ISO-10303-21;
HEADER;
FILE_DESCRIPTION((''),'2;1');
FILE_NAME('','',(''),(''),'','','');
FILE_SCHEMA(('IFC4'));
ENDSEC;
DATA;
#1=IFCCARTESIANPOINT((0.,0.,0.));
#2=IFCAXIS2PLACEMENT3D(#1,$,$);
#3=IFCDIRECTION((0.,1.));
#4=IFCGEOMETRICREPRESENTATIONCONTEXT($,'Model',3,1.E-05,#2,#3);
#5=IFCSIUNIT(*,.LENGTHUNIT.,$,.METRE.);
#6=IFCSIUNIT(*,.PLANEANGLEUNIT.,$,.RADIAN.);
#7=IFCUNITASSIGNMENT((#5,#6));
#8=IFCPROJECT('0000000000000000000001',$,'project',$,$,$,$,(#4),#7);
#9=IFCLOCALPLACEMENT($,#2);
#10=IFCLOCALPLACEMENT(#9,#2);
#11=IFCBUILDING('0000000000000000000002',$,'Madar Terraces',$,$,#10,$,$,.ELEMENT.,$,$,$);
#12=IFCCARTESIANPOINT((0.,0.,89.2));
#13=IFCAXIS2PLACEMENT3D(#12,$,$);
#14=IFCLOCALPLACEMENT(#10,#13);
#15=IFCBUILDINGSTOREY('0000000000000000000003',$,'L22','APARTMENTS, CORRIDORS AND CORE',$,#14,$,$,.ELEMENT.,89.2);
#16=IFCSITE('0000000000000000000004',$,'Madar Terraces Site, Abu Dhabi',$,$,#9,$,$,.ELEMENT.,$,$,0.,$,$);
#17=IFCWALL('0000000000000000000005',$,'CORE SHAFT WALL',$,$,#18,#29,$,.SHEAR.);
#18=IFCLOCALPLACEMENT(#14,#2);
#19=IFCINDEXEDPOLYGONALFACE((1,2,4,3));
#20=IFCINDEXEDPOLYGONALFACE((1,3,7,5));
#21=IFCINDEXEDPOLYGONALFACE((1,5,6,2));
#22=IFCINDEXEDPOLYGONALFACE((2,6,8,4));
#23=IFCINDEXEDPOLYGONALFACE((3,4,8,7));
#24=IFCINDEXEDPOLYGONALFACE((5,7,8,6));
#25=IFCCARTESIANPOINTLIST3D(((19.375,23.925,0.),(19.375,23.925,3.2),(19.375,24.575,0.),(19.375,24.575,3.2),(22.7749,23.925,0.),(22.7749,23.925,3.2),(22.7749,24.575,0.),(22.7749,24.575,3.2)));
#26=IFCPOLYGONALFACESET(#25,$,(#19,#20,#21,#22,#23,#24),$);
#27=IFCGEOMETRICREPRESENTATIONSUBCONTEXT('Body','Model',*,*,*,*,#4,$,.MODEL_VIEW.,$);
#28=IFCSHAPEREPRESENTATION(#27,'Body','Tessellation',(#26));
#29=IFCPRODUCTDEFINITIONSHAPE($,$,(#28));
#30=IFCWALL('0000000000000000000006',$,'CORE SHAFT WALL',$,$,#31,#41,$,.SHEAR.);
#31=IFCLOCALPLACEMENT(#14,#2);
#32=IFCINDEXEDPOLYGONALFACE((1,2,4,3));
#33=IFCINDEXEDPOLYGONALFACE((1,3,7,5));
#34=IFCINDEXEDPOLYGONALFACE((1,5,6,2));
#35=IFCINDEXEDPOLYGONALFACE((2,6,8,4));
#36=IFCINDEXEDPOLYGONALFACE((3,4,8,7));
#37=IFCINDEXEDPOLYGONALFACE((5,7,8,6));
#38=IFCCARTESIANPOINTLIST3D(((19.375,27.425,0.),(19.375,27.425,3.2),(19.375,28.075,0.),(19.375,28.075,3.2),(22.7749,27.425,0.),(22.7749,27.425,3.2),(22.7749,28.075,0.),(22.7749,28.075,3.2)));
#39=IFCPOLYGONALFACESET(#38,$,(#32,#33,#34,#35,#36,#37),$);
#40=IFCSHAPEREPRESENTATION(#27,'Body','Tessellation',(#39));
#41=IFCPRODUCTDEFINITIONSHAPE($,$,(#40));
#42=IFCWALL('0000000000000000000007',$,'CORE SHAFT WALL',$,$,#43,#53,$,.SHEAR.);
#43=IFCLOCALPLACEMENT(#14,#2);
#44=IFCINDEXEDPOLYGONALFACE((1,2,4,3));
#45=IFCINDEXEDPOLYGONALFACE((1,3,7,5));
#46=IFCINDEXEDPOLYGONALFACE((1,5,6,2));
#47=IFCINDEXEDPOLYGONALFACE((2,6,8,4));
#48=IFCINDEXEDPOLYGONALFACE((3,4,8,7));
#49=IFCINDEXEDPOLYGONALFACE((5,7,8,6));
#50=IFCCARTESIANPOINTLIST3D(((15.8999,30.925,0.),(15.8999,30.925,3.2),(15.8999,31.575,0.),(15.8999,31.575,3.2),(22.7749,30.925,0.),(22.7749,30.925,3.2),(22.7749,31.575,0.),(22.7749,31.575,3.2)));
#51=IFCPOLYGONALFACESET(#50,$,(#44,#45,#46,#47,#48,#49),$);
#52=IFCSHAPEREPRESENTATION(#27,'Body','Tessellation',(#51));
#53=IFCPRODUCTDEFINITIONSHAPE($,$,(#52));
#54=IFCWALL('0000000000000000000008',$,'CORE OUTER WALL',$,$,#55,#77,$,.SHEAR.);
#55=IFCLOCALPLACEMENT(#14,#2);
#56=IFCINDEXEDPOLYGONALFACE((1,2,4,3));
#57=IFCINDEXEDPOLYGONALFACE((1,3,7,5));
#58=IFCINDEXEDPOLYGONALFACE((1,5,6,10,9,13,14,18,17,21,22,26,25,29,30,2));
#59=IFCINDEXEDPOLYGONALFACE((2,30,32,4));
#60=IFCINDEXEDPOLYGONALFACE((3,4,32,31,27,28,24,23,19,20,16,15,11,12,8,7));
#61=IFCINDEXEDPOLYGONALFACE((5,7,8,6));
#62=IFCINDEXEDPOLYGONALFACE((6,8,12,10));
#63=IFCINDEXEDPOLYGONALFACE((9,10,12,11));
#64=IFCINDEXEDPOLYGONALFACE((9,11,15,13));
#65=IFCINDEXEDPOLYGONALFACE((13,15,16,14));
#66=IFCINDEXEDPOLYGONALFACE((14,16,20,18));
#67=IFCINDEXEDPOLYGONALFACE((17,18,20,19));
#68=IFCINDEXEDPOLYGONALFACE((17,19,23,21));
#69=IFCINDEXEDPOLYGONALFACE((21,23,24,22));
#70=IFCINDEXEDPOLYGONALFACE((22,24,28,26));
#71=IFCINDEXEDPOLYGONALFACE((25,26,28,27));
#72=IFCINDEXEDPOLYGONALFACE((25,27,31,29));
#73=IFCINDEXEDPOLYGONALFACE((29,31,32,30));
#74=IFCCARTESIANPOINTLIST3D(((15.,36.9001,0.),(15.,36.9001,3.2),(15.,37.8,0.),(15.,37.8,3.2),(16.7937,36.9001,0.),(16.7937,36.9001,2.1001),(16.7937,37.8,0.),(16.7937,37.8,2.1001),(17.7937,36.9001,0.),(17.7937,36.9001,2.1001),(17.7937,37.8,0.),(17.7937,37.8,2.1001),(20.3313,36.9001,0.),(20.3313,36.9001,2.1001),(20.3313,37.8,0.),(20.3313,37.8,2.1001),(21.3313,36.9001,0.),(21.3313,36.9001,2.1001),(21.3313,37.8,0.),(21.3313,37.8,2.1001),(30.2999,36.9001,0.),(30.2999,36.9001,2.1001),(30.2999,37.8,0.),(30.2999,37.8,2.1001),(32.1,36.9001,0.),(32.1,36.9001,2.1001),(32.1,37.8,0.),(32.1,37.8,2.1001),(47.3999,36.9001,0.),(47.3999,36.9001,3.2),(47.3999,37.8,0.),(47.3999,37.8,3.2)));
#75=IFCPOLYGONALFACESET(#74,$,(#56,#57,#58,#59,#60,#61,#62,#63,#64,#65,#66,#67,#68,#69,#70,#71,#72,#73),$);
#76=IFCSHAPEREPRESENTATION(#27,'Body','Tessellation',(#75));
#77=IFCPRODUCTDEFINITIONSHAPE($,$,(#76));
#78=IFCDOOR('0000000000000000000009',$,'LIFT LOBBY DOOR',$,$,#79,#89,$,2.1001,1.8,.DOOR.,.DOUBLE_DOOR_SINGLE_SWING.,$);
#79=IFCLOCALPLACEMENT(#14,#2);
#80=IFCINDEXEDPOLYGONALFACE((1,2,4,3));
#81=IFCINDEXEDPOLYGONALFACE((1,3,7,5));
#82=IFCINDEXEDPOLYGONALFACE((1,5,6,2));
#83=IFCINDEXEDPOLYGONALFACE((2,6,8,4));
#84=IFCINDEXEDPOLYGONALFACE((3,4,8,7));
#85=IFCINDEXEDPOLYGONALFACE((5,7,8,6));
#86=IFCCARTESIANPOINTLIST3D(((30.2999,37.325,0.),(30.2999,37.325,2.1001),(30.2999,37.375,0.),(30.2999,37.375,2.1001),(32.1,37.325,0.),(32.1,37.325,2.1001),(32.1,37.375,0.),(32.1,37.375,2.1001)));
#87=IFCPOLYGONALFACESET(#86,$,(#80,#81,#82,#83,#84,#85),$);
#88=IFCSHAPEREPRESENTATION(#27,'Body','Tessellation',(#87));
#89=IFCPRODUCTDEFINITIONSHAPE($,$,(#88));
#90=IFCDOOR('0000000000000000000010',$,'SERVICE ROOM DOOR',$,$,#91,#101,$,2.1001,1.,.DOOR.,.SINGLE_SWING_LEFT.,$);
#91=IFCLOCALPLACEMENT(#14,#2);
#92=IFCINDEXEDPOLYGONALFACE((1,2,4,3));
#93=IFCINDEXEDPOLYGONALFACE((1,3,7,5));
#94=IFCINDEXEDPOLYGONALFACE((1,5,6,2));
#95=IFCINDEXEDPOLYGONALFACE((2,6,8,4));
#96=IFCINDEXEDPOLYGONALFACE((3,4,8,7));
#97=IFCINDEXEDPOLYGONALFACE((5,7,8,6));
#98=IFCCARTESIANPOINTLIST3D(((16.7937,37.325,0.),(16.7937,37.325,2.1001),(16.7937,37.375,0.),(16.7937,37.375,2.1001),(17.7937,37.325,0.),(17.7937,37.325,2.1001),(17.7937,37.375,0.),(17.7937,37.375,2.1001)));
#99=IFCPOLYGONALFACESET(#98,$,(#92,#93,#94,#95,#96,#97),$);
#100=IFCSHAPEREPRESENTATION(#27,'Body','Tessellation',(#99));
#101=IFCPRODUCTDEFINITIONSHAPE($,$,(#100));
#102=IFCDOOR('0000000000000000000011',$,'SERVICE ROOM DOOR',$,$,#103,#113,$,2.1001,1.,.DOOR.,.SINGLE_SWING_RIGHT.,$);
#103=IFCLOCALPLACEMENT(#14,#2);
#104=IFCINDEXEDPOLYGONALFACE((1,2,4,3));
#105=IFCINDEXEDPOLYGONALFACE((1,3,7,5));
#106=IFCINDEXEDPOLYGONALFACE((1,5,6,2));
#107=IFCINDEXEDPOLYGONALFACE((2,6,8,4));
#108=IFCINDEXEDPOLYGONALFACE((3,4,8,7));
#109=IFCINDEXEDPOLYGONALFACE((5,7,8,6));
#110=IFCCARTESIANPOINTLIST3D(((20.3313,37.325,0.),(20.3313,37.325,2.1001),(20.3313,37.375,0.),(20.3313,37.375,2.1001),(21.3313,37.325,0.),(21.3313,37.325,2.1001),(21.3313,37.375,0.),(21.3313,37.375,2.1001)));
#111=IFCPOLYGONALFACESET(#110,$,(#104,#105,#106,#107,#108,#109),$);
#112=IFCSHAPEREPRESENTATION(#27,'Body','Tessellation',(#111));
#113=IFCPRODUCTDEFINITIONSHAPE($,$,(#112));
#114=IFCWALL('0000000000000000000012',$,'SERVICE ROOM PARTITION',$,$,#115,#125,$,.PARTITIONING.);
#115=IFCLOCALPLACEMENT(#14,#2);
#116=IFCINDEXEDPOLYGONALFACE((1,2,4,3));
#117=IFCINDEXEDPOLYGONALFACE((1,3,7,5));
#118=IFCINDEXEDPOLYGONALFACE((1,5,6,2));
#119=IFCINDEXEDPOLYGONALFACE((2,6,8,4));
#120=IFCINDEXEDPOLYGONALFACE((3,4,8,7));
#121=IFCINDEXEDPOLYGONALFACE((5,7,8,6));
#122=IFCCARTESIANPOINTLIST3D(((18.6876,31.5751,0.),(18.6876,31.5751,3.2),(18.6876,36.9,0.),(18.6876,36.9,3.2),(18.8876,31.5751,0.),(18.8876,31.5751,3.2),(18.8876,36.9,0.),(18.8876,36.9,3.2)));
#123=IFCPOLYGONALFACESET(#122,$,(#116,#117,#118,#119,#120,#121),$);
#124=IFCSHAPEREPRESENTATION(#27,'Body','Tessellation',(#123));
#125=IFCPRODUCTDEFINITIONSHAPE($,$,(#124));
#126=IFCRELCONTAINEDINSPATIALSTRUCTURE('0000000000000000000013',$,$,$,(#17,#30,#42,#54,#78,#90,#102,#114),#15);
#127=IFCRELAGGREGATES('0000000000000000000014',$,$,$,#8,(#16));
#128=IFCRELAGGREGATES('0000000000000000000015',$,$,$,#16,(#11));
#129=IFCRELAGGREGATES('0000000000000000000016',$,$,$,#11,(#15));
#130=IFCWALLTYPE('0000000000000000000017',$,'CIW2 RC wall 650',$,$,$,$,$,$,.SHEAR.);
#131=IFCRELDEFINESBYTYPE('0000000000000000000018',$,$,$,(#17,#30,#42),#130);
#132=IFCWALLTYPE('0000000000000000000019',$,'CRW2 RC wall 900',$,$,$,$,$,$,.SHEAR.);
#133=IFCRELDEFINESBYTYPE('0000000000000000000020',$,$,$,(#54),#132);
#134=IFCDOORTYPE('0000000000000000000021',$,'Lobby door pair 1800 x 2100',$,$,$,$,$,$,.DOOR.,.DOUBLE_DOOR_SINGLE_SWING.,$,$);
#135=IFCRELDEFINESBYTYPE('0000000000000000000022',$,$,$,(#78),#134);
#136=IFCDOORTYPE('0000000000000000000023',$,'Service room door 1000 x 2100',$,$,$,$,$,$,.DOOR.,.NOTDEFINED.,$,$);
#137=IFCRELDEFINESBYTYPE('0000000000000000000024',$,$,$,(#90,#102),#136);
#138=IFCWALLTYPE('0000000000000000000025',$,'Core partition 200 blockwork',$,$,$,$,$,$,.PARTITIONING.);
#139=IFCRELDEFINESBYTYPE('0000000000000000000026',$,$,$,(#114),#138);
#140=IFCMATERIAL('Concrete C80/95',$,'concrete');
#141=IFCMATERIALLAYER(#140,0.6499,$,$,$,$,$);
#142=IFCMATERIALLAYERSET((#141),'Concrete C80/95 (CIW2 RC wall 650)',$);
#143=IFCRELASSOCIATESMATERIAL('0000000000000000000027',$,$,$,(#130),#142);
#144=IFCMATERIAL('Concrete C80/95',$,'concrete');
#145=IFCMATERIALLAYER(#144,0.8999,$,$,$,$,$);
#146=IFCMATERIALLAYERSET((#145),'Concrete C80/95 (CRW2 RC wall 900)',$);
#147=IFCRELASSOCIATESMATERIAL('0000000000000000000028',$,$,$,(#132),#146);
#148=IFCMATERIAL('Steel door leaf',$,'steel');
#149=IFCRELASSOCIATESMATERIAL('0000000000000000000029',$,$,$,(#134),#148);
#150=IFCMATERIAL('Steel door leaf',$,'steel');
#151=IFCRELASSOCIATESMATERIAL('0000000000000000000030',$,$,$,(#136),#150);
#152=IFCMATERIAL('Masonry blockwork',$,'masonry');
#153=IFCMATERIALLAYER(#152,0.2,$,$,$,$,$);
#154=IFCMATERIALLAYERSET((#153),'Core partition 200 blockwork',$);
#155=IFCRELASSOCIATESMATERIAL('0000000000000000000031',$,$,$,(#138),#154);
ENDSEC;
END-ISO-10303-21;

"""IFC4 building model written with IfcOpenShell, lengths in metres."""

from ifc_helpers import new_model, si_unit, direction, frame, frame_2d, origin, place, context, subcontext, project, spatial, rectangle, extrude, material, layer, layer_set, type_object, element, fill, save


model = new_model("IFC4")

# Units and contexts
model_context = context("Model", 3, precision=1e-05, world=origin(), true_north=direction((0.0, 1.0)))
body_context = subcontext(model_context, "Body", "Model", "MODEL_VIEW")
ifc_project = project(units=[si_unit("LENGTHUNIT", "METRE"), si_unit("PLANEANGLEUNIT", "RADIAN")], contexts=[model_context])

# Site, building, storey
site_placement = place(None, origin())
site = spatial("IfcSite", under=ifc_project, at=site_placement, Name="Madar Terraces Site, Abu Dhabi", CompositionType="ELEMENT", RefElevation=0.0)
building_placement = place(site_placement, origin())
building = spatial("IfcBuilding", under=site, at=building_placement, Name="Madar Terraces", CompositionType="ELEMENT")
storey_placement = place(building_placement, frame((0.0, 0.0, 89.2)))
storey = spatial("IfcBuildingStorey", under=building, at=storey_placement, Name="L22", Description="APARTMENTS, CORRIDORS AND CORE", CompositionType="ELEMENT", Elevation=89.2)

# Walls
ifc_material_1 = material(Name="Concrete C80/95", Category="concrete")
ifc_layer_1 = layer(ifc_material_1, 0.6499)
ifc_layer_set_1 = layer_set([ifc_layer_1], Name="Concrete C80/95 (CIW2 RC wall 650)")
wall_type_1 = type_object("IfcWallType", Name="CIW2 RC wall 650", PredefinedType="SHEAR", material=ifc_layer_set_1)
for number, where, z_axis, x_axis, name in (
    (1, (19.375, 24.25, 0.0), (0.0, 0.0, 1.0), (1.0, 0.0, 0.0), "CORE SHAFT WALL"),
    (2, (19.375, 27.75, 0.0), (0.0, 0.0, 1.0), (1.0, 0.0, 0.0), "CORE SHAFT WALL"),
):
    element("IfcWall", number, at=place(storey_placement, frame(where, z_axis=z_axis, x_axis=x_axis)), inside=storey, type_object=wall_type_1, Name=name, PredefinedType="SHEAR", context=body_context, shape_type="SweptSolid", body=[
        extrude(rectangle(XDim=3.3999, YDim=0.6499, at=frame_2d((1.7, 0.0))), origin(), (0.0, 0.0, 1.0), 3.2),
    ])
wall_1_placement = place(storey_placement, frame((15.8999, 31.25, 0.0), z_axis=(0.0, 0.0, 1.0), x_axis=(1.0, 0.0, 0.0)))
element("IfcWall", 3, at=wall_1_placement, inside=storey, type_object=wall_type_1, Name="CORE SHAFT WALL", PredefinedType="SHEAR", context=body_context, shape_type="SweptSolid", body=[
    extrude(rectangle(XDim=6.875, YDim=0.6499, at=frame_2d((3.4375, 0.0))), origin(), (0.0, 0.0, 1.0), 3.2),
])

# Wall, openings, doors
ifc_material_2 = material(Name="Concrete C80/95", Category="concrete")
ifc_layer_2 = layer(ifc_material_2, 0.8999)
ifc_layer_set_2 = layer_set([ifc_layer_2], Name="Concrete C80/95 (CRW2 RC wall 900)")
wall_type_2 = type_object("IfcWallType", Name="CRW2 RC wall 900", PredefinedType="SHEAR", material=ifc_layer_set_2)
wall_2_placement = place(storey_placement, frame((15.0, 37.3501, 0.0), z_axis=(0.0, 0.0, 1.0), x_axis=(1.0, 0.0, 0.0)))
wall_2 = element("IfcWall", 4, at=wall_2_placement, inside=storey, type_object=wall_type_2, Name="CORE OUTER WALL", PredefinedType="SHEAR", context=body_context, shape_type="SweptSolid", body=[
    extrude(rectangle(XDim=32.3999, YDim=0.8999, at=frame_2d((16.2, 0.0))), origin(), (0.0, 0.0, 1.0), 3.2),
])
opening_1_placement = place(wall_2_placement, frame((15.3, 0.0, 0.0)))
opening_1 = element("IfcOpeningElement", 5, at=opening_1_placement, cuts=wall_2, PredefinedType="OPENING", context=body_context, shape_type="SweptSolid", body=[
    extrude(rectangle(XDim=1.8, YDim=2.1001, at=frame_2d((0.8999, 1.05))), frame((0.0, 0.46, 0.0), z_axis=(0.0, -1.0, 0.0), x_axis=(1.0, 0.0, 0.0)), (0.0, 0.0, 1.0), 0.9199),
])
opening_2_placement = place(wall_2_placement, frame((1.7937, 0.0, 0.0)))
opening_2 = element("IfcOpeningElement", 6, at=opening_2_placement, cuts=wall_2, PredefinedType="OPENING", context=body_context, shape_type="SweptSolid", body=[
    extrude(rectangle(XDim=1.0, YDim=2.1001, at=frame_2d((0.5, 1.05))), frame((0.0, 0.46, 0.0), z_axis=(0.0, -1.0, 0.0), x_axis=(1.0, 0.0, 0.0)), (0.0, 0.0, 1.0), 0.9199),
])
opening_3_placement = place(wall_2_placement, frame((5.3313, 0.0, 0.0)))
opening_3 = element("IfcOpeningElement", 7, at=opening_3_placement, cuts=wall_2, PredefinedType="OPENING", context=body_context, shape_type="SweptSolid", body=[
    extrude(rectangle(XDim=1.0, YDim=2.1001, at=frame_2d((0.5, 1.05))), frame((0.0, 0.46, 0.0), z_axis=(0.0, -1.0, 0.0), x_axis=(1.0, 0.0, 0.0)), (0.0, 0.0, 1.0), 0.9199),
])
ifc_material_3 = material(Name="Steel door leaf", Category="steel")
door_type_1 = type_object("IfcDoorType", Name="Lobby door pair 1800 x 2100", OperationType="DOUBLE_DOOR_SINGLE_SWING", PredefinedType="DOOR", material=ifc_material_3)
door_1_placement = place(opening_1_placement, origin())
door_1 = element("IfcDoor", 8, at=door_1_placement, inside=storey, type_object=door_type_1, Name="LIFT LOBBY DOOR", OperationType="DOUBLE_DOOR_SINGLE_SWING", OverallHeight=2.1001, OverallWidth=1.8, PredefinedType="DOOR", context=body_context, shape_type="SweptSolid", body=[
    extrude(rectangle(XDim=1.8, YDim=2.1001, at=frame_2d((0.8999, 1.05))), frame((0.0, 0.0249, 0.0), z_axis=(0.0, -1.0, 0.0), x_axis=(1.0, 0.0, 0.0)), (0.0, 0.0, 1.0), 0.05),
])
fill(opening_1, door_1)
ifc_material_4 = material(Name="Steel door leaf", Category="steel")
door_type_2 = type_object("IfcDoorType", Name="Service room door 1000 x 2100", OperationType="NOTDEFINED", PredefinedType="DOOR", material=ifc_material_4)
door_2_placement = place(opening_2_placement, origin())
door_2 = element("IfcDoor", 9, at=door_2_placement, inside=storey, type_object=door_type_2, Name="SERVICE ROOM DOOR", OperationType="SINGLE_SWING_LEFT", OverallHeight=2.1001, OverallWidth=1.0, PredefinedType="DOOR", context=body_context, shape_type="SweptSolid", body=[
    extrude(rectangle(XDim=1.0, YDim=2.1001, at=frame_2d((0.5, 1.05))), frame((0.0, 0.0249, 0.0), z_axis=(0.0, -1.0, 0.0), x_axis=(1.0, 0.0, 0.0)), (0.0, 0.0, 1.0), 0.05),
])
fill(opening_2, door_2)
door_3_placement = place(opening_3_placement, origin())
door_3 = element("IfcDoor", 10, at=door_3_placement, inside=storey, type_object=door_type_2, Name="SERVICE ROOM DOOR", OperationType="SINGLE_SWING_RIGHT", OverallHeight=2.1001, OverallWidth=1.0, PredefinedType="DOOR", context=body_context, shape_type="SweptSolid", body=[
    extrude(rectangle(XDim=1.0, YDim=2.1001, at=frame_2d((0.5, 1.05))), frame((0.0, 0.0249, 0.0), z_axis=(0.0, -1.0, 0.0), x_axis=(1.0, 0.0, 0.0)), (0.0, 0.0, 1.0), 0.05),
])
fill(opening_3, door_3)

# Wall
ifc_material_5 = material(Name="Masonry blockwork", Category="masonry")
ifc_layer_3 = layer(ifc_material_5, 0.2)
ifc_layer_set_3 = layer_set([ifc_layer_3], Name="Core partition 200 blockwork")
wall_type_3 = type_object("IfcWallType", Name="Core partition 200 blockwork", PredefinedType="PARTITIONING", material=ifc_layer_set_3)
wall_3_placement = place(storey_placement, frame((18.7876, 31.575, 0.0), z_axis=(0.0, 0.0, 1.0), x_axis=(0.0, 1.0, 0.0)))
element("IfcWall", 11, at=wall_3_placement, inside=storey, type_object=wall_type_3, Name="SERVICE ROOM PARTITION", PredefinedType="PARTITIONING", context=body_context, shape_type="SweptSolid", body=[
    extrude(rectangle(XDim=5.325, YDim=0.2, at=frame_2d((2.6626, 0.0))), origin(), (0.0, 0.0, 1.0), 3.2),
])

save(model, "model.ifc")
